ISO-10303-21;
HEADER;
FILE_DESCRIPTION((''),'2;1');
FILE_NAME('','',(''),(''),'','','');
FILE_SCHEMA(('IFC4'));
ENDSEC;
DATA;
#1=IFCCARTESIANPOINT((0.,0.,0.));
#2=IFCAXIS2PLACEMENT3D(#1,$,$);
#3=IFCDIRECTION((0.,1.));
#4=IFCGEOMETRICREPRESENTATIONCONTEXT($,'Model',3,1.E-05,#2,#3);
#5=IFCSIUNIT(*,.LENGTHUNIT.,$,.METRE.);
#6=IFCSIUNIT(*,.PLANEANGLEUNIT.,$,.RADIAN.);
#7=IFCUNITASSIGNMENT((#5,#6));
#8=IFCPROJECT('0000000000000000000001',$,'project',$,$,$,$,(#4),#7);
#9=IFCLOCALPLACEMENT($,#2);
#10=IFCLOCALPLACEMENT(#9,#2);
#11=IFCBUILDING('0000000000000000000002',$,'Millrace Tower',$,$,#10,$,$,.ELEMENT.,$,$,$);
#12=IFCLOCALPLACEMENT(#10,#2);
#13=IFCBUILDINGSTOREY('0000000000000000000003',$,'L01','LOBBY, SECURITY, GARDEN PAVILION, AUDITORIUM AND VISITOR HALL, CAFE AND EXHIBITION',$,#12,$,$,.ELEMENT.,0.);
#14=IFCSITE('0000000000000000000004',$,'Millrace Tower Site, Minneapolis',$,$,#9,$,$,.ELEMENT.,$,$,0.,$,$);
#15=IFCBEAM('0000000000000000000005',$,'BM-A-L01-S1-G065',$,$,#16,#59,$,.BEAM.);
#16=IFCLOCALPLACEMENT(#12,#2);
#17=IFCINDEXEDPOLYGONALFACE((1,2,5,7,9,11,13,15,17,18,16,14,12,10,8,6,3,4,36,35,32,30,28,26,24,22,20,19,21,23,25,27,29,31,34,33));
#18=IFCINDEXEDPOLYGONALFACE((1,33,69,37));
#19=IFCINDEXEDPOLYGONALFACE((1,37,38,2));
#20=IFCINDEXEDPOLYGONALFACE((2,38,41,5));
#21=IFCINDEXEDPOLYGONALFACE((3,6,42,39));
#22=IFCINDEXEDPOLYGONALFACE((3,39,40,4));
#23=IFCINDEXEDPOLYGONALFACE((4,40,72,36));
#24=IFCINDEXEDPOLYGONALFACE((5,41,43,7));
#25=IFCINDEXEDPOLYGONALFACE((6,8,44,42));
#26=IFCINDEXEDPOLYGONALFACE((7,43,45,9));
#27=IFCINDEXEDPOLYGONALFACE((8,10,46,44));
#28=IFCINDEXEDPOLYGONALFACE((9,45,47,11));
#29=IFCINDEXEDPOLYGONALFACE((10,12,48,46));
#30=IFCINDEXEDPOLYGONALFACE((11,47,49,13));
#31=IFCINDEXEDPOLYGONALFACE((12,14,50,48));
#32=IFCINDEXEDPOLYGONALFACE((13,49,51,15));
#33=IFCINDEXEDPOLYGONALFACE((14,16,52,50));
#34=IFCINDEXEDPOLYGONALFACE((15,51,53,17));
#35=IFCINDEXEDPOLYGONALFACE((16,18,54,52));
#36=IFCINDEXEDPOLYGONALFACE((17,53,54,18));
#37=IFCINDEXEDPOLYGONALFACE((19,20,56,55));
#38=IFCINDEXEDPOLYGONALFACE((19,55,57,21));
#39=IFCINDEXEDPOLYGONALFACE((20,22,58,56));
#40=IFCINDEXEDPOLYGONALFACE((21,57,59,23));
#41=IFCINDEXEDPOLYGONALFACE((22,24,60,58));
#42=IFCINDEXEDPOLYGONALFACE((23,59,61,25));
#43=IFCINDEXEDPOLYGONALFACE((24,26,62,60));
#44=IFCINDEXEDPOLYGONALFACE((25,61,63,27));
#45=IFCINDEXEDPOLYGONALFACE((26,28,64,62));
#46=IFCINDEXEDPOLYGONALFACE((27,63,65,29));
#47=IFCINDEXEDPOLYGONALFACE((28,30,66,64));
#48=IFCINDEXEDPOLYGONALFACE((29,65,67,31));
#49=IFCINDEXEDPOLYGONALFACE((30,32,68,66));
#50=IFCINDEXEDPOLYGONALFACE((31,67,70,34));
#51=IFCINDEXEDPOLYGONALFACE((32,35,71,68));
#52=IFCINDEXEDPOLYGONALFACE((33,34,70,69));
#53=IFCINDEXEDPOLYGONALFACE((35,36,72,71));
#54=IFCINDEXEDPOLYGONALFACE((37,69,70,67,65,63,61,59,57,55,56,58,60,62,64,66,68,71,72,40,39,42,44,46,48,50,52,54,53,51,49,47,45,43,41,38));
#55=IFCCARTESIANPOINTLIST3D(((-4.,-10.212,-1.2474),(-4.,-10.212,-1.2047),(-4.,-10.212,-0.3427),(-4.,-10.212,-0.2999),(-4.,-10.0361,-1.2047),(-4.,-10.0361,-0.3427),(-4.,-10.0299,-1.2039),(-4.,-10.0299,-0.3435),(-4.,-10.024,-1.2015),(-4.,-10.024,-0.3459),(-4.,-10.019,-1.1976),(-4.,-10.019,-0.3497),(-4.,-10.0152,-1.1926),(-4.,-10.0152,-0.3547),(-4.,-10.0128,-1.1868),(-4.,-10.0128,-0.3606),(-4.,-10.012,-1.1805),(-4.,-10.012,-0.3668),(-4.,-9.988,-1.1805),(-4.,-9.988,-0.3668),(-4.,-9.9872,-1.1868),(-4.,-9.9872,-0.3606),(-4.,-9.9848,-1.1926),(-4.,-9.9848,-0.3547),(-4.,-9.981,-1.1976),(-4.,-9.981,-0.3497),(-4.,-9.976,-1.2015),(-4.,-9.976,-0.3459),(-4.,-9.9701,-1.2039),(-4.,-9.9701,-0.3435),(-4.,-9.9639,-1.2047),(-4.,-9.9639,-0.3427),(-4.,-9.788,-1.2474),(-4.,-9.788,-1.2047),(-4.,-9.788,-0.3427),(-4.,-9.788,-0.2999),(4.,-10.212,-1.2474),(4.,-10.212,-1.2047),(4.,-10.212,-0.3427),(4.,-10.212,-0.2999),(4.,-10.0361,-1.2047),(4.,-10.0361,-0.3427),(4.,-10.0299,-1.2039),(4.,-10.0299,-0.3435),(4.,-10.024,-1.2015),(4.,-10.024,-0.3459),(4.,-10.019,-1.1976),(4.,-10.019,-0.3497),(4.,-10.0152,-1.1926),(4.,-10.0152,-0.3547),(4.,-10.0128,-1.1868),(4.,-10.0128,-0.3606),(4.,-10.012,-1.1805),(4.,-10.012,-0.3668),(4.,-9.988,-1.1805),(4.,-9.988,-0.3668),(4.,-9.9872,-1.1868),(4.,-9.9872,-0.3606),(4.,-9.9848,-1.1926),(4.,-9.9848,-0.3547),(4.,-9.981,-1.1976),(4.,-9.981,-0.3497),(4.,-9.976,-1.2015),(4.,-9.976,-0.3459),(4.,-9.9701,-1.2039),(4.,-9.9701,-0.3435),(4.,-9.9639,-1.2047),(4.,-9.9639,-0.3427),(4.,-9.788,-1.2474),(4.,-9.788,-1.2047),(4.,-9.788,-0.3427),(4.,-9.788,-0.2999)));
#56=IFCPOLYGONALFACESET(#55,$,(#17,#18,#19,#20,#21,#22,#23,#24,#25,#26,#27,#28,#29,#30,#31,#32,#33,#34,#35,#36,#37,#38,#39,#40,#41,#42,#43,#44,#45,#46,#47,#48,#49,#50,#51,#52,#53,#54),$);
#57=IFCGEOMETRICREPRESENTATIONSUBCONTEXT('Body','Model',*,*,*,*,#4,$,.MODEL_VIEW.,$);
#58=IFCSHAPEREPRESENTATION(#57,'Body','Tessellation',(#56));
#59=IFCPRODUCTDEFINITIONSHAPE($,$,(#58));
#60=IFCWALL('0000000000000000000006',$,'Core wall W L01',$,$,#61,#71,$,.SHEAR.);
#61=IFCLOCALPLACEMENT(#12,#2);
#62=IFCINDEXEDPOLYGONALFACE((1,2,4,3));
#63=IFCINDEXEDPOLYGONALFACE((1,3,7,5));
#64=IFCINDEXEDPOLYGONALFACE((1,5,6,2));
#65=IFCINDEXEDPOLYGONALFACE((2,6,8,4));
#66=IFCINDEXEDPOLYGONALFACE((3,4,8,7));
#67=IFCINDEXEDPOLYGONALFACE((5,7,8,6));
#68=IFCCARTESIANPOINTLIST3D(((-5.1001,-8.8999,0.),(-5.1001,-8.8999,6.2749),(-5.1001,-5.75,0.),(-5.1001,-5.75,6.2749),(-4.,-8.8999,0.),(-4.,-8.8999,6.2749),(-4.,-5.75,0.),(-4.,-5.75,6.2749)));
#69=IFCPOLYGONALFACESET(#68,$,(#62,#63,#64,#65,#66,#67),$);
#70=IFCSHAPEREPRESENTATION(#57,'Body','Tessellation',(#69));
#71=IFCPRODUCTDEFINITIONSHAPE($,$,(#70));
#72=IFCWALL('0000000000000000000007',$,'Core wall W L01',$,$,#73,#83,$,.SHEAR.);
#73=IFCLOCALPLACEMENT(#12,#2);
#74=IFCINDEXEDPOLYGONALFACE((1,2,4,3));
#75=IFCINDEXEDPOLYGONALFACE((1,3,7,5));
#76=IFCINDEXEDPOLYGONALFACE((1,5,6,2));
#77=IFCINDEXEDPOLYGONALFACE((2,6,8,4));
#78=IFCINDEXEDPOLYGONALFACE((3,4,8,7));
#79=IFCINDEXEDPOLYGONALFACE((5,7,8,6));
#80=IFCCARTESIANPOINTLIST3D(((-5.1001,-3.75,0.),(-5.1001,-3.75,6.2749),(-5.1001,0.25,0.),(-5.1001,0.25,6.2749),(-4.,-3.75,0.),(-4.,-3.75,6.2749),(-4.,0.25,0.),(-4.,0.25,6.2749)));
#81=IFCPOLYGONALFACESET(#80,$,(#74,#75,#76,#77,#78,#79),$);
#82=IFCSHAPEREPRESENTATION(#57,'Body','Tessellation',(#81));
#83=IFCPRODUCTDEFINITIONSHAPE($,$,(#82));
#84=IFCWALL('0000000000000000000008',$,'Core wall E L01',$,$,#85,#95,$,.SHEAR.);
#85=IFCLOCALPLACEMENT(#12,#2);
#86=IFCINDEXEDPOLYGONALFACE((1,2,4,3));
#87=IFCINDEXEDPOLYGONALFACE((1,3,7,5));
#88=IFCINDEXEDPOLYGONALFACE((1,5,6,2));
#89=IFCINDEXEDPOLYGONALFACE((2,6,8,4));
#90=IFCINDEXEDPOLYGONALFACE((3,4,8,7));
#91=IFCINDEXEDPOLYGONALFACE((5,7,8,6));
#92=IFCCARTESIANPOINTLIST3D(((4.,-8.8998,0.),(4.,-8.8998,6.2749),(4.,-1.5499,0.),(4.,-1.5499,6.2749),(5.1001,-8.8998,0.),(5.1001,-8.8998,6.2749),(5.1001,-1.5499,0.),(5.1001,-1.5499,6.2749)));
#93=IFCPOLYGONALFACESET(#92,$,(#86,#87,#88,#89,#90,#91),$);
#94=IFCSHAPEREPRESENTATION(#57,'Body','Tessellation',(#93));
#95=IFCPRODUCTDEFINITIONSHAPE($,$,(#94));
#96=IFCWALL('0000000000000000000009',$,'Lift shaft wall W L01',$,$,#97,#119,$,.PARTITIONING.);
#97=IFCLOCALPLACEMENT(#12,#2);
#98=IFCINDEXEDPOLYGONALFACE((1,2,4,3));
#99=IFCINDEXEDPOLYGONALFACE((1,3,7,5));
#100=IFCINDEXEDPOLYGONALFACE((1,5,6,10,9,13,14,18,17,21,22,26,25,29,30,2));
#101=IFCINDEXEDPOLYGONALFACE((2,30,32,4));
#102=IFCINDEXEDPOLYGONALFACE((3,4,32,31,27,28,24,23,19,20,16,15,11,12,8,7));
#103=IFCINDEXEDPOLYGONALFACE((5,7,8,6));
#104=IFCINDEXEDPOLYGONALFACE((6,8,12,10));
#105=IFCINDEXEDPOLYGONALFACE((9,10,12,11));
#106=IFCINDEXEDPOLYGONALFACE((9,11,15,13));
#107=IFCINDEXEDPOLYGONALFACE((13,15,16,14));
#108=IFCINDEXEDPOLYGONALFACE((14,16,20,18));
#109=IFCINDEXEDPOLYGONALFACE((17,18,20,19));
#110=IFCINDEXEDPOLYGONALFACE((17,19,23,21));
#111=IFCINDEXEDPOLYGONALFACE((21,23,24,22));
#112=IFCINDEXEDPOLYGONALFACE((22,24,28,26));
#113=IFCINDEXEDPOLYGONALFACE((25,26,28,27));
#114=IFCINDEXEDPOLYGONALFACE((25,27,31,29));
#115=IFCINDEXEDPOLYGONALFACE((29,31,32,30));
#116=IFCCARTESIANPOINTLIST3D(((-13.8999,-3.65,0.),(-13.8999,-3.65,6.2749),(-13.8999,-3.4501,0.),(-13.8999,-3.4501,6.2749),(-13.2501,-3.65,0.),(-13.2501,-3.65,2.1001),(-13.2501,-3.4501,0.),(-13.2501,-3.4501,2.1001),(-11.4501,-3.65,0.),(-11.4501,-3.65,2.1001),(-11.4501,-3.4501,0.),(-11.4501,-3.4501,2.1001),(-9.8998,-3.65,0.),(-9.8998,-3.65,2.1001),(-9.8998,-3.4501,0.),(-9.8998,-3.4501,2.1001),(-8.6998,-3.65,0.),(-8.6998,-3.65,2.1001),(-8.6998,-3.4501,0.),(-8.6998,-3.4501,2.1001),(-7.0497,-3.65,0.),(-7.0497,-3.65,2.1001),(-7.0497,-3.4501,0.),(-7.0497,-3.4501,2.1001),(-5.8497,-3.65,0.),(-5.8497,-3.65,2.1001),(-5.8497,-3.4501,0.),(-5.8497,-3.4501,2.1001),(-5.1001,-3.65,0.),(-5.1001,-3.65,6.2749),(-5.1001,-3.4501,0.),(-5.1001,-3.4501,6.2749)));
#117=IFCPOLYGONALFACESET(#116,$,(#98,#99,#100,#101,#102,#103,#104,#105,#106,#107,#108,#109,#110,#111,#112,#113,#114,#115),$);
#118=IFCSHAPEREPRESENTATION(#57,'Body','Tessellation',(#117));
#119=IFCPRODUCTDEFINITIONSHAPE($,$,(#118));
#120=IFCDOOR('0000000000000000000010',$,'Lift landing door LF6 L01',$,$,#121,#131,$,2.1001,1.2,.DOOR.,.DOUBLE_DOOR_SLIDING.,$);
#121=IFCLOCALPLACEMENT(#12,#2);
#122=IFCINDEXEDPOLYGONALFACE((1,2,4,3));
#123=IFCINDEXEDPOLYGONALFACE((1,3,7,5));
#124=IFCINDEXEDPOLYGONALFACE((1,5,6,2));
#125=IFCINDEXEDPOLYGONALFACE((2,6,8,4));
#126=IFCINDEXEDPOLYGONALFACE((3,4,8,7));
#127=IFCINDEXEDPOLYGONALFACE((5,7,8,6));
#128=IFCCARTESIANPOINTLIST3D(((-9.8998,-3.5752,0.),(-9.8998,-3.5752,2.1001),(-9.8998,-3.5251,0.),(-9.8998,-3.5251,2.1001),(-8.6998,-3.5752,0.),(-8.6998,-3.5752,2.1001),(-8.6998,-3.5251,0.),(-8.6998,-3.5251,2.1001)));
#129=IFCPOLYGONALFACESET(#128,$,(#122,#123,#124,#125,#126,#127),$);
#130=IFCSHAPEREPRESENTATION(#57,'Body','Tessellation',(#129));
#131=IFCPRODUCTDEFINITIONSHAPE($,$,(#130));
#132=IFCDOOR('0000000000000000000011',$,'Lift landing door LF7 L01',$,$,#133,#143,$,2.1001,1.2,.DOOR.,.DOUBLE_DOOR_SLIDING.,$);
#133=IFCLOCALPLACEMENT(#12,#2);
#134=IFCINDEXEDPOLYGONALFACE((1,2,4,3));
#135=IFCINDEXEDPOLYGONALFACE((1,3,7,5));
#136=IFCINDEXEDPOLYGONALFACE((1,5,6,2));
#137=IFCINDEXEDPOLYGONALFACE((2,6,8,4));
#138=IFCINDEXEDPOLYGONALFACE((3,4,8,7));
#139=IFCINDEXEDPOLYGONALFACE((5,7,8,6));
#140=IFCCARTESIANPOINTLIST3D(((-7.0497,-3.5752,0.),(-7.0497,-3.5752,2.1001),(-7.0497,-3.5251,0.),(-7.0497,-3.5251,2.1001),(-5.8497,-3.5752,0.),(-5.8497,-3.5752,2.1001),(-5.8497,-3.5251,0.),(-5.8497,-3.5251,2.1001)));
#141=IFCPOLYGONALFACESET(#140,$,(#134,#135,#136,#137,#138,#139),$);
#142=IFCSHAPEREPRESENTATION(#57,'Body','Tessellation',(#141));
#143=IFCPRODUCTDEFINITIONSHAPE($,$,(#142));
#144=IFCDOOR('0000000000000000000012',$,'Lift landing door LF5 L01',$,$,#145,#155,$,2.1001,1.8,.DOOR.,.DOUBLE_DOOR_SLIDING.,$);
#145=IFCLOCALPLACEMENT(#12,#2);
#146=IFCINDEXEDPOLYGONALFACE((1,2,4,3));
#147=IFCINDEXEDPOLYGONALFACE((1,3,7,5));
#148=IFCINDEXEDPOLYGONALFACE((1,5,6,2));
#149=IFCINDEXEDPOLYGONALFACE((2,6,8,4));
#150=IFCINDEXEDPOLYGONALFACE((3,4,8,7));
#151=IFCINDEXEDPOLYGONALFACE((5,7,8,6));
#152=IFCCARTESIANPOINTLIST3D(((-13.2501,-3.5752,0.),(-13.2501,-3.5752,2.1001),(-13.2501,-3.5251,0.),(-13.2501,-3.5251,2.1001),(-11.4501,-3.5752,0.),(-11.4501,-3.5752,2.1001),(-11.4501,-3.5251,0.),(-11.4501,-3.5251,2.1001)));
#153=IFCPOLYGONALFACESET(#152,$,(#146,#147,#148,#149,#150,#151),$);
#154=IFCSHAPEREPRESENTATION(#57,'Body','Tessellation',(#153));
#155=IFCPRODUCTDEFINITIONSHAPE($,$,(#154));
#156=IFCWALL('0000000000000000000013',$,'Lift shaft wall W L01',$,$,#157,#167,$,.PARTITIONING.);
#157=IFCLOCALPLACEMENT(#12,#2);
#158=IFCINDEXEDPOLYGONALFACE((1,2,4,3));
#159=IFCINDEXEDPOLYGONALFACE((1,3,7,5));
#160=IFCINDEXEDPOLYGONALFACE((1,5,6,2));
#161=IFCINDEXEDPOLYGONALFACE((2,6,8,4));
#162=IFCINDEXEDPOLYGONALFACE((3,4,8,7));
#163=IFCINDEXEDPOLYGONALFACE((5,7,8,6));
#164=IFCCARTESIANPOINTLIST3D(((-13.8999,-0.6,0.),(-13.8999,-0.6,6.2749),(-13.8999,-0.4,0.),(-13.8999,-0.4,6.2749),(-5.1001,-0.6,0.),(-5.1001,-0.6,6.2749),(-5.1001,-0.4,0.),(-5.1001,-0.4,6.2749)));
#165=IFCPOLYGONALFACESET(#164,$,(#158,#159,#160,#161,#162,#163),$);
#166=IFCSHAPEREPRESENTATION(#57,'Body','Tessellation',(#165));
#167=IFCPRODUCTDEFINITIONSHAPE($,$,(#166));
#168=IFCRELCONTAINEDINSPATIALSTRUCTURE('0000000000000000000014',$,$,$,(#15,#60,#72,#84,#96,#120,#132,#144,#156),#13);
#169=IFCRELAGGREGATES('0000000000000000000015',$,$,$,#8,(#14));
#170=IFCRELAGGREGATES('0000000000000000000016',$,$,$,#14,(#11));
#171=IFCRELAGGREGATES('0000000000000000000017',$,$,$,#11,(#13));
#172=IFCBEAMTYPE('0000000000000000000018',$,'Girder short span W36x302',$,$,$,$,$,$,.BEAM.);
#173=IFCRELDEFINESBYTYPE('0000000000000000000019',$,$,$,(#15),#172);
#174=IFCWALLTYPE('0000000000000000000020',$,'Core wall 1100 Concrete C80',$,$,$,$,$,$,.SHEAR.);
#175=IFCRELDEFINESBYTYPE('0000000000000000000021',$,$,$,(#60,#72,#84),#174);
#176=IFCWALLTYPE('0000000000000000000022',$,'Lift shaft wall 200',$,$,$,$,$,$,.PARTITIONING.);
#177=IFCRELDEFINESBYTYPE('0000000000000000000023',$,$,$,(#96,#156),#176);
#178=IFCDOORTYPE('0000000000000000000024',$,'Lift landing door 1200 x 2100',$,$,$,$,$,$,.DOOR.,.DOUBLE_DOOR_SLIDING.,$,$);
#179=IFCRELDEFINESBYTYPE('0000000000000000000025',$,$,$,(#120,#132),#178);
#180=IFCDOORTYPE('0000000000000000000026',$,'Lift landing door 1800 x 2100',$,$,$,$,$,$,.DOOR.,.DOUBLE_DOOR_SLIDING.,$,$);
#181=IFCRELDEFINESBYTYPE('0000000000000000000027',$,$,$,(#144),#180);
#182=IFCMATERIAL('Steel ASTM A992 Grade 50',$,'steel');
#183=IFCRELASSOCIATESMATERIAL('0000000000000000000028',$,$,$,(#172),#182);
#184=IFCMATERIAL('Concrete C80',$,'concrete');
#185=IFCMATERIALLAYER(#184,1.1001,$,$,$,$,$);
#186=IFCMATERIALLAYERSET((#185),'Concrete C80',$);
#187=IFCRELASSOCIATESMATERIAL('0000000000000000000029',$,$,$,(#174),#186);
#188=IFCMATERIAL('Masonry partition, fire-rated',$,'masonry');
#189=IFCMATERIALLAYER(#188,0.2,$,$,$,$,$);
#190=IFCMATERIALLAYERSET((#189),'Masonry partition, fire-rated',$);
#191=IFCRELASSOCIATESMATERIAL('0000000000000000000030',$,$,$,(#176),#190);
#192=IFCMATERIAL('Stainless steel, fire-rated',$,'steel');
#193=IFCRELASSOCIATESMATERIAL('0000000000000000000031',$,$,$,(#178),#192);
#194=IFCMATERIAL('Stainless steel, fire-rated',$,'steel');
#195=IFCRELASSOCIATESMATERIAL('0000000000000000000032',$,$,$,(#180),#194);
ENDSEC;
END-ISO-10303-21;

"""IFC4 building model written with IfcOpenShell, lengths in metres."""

from ifc_helpers import new_model, si_unit, direction, frame, frame_2d, origin, origin_2d, place, context, subcontext, project, spatial, rectangle, i_section, extrude, material, layer, layer_set, material_profile, profile_set, type_object, element, fill, save


model = new_model("IFC4")

# Units and contexts
model_context = context("Model", 3, precision=1e-05, world=origin(), true_north=direction((0.0, 1.0)))
body_context = subcontext(model_context, "Body", "Model", "MODEL_VIEW")
ifc_project = project(units=[si_unit("LENGTHUNIT", "METRE"), si_unit("PLANEANGLEUNIT", "RADIAN")], contexts=[model_context])

# Site, building, storey
site_placement = place(None, origin())
site = spatial("IfcSite", under=ifc_project, at=site_placement, Name="Millrace Tower Site, Minneapolis", CompositionType="ELEMENT", RefElevation=0.0)
building_placement = place(site_placement, origin())
building = spatial("IfcBuilding", under=site, at=building_placement, Name="Millrace Tower", CompositionType="ELEMENT")
storey_placement = place(building_placement, origin())
storey = spatial("IfcBuildingStorey", under=building, at=storey_placement, Name="L01", Description="LOBBY, SECURITY, GARDEN PAVILION, AUDITORIUM AND VISITOR HALL, CAFE AND EXHIBITION", CompositionType="ELEMENT", Elevation=0.0)

# Beam
ifc_material_1 = material(Name="Steel ASTM A992 Grade 50", Category="steel")
ifc_material_profile_1 = material_profile(ifc_material_1, i_section(OverallWidth=0.4241, OverallDepth=0.9475, WebThickness=0.0239, FlangeThickness=0.0427, FilletRadius=0.0242, at=origin_2d()))
ifc_profile_set_1 = profile_set([ifc_material_profile_1], Name="Steel ASTM A992 Grade 50")
beam_type_1 = type_object("IfcBeamType", Name="Girder short span W36x302", PredefinedType="BEAM", material=ifc_profile_set_1)
beam_1_placement = place(storey_placement, frame((-4.0, -10.0, -0.7737), z_axis=(1.0, 0.0, 0.0), x_axis=(0.0, 1.0, 0.0)))
element("IfcBeam", 1, at=beam_1_placement, inside=storey, type_object=beam_type_1, Name="BM-A-L01-S1-G065", PredefinedType="BEAM", context=body_context, shape_type="SweptSolid", body=[
    extrude(i_section(OverallWidth=0.4241, OverallDepth=0.9475, WebThickness=0.0239, FlangeThickness=0.0427, FilletRadius=0.0242, at=origin_2d()), origin(), (0.0, 0.0, 1.0), 8.0),
])

# Walls
ifc_material_2 = material(Name="Concrete C80", Category="concrete")
ifc_layer_1 = layer(ifc_material_2, 1.1001)
ifc_layer_set_1 = layer_set([ifc_layer_1], Name="Concrete C80")
wall_type_1 = type_object("IfcWallType", Name="Core wall 1100 Concrete C80", PredefinedType="SHEAR", material=ifc_layer_set_1)
wall_1_placement = place(storey_placement, frame((-4.55, -8.8999, 0.0), z_axis=(0.0, 0.0, 1.0), x_axis=(0.0, 1.0, 0.0)))
element("IfcWall", 2, at=wall_1_placement, inside=storey, type_object=wall_type_1, Name="Core wall W L01", PredefinedType="SHEAR", context=body_context, shape_type="SweptSolid", body=[
    extrude(rectangle(XDim=3.1499, YDim=1.1001, at=frame_2d((1.575, 0.0))), origin(), (0.0, 0.0, 1.0), 6.2749),
])
wall_2_placement = place(storey_placement, frame((-4.55, -3.75, 0.0), z_axis=(0.0, 0.0, 1.0), x_axis=(0.0, 1.0, 0.0)))
element("IfcWall", 3, at=wall_2_placement, inside=storey, type_object=wall_type_1, Name="Core wall W L01", PredefinedType="SHEAR", context=body_context, shape_type="SweptSolid", body=[
    extrude(rectangle(XDim=4.0, YDim=1.1001, at=frame_2d((2.0, 0.0))), origin(), (0.0, 0.0, 1.0), 6.2749),
])
wall_3_placement = place(storey_placement, frame((4.55, -1.55, 0.0), z_axis=(0.0, 0.0, 1.0), x_axis=(0.0, -1.0, 0.0)))
element("IfcWall", 4, at=wall_3_placement, inside=storey, type_object=wall_type_1, Name="Core wall E L01", PredefinedType="SHEAR", context=body_context, shape_type="SweptSolid", body=[
    extrude(rectangle(XDim=7.3499, YDim=1.1001, at=frame_2d((3.6748, 0.0))), origin(), (0.0, 0.0, 1.0), 6.2749),
])

# Wall, openings, doors
ifc_material_3 = material(Name="Masonry partition, fire-rated", Category="masonry")
ifc_layer_2 = layer(ifc_material_3, 0.2)
ifc_layer_set_2 = layer_set([ifc_layer_2], Name="Masonry partition, fire-rated")
wall_type_2 = type_object("IfcWallType", Name="Lift shaft wall 200", PredefinedType="PARTITIONING", material=ifc_layer_set_2)
wall_4_placement = place(storey_placement, frame((-13.8999, -3.55, 0.0), z_axis=(0.0, 0.0, 1.0), x_axis=(1.0, 0.0, 0.0)))
wall_4 = element("IfcWall", 5, at=wall_4_placement, inside=storey, type_object=wall_type_2, Name="Lift shaft wall W L01", PredefinedType="PARTITIONING", context=body_context, shape_type="SweptSolid", body=[
    extrude(rectangle(XDim=8.7998, YDim=0.2, at=frame_2d((4.3999, 0.0))), origin(), (0.0, 0.0, 1.0), 6.2749),
])
opening_1_placement = place(wall_4_placement, frame((0.6499, 0.0, 0.0)))
opening_1 = element("IfcOpeningElement", 6, at=opening_1_placement, cuts=wall_4, PredefinedType="OPENING", context=body_context, shape_type="SweptSolid", body=[
    extrude(rectangle(XDim=1.8, YDim=2.1001, at=frame_2d((0.8999, 1.05))), frame((0.0, 0.1099, 0.0), z_axis=(0.0, -1.0, 0.0), x_axis=(1.0, 0.0, 0.0)), (0.0, 0.0, 1.0), 0.22),
])
opening_2_placement = place(wall_4_placement, frame((4.0, 0.0, 0.0)))
opening_2 = element("IfcOpeningElement", 7, at=opening_2_placement, cuts=wall_4, PredefinedType="OPENING", context=body_context, shape_type="SweptSolid", body=[
    extrude(rectangle(XDim=1.2, YDim=2.1001, at=frame_2d((0.6001, 1.05))), frame((0.0, 0.1099, 0.0), z_axis=(0.0, -1.0, 0.0), x_axis=(1.0, 0.0, 0.0)), (0.0, 0.0, 1.0), 0.22),
])
opening_3_placement = place(wall_4_placement, frame((6.8501, 0.0, 0.0)))
opening_3 = element("IfcOpeningElement", 8, at=opening_3_placement, cuts=wall_4, PredefinedType="OPENING", context=body_context, shape_type="SweptSolid", body=[
    extrude(rectangle(XDim=1.2, YDim=2.1001, at=frame_2d((0.6001, 1.05))), frame((0.0, 0.1099, 0.0), z_axis=(0.0, -1.0, 0.0), x_axis=(1.0, 0.0, 0.0)), (0.0, 0.0, 1.0), 0.22),
])
ifc_material_4 = material(Name="Stainless steel, fire-rated", Category="steel")
door_type_1 = type_object("IfcDoorType", Name="Lift landing door 1200 x 2100", OperationType="DOUBLE_DOOR_SLIDING", PredefinedType="DOOR", material=ifc_material_4)
door_1_placement = place(opening_2_placement, origin())
door_1 = element("IfcDoor", 9, at=door_1_placement, inside=storey, type_object=door_type_1, Name="Lift landing door LF6 L01", OperationType="DOUBLE_DOOR_SLIDING", OverallHeight=2.1001, OverallWidth=1.2, PredefinedType="DOOR", context=body_context, shape_type="SweptSolid", body=[
    extrude(rectangle(XDim=1.2, YDim=2.1001, at=frame_2d((0.6001, 1.05))), frame((0.0, 0.0249, 0.0), z_axis=(0.0, -1.0, 0.0), x_axis=(1.0, 0.0, 0.0)), (0.0, 0.0, 1.0), 0.05),
])
fill(opening_2, door_1)
door_2_placement = place(opening_3_placement, origin())
door_2 = element("IfcDoor", 10, at=door_2_placement, inside=storey, type_object=door_type_1, Name="Lift landing door LF7 L01", OperationType="DOUBLE_DOOR_SLIDING", OverallHeight=2.1001, OverallWidth=1.2, PredefinedType="DOOR", context=body_context, shape_type="SweptSolid", body=[
    extrude(rectangle(XDim=1.2, YDim=2.1001, at=frame_2d((0.6001, 1.05))), frame((0.0, 0.0249, 0.0), z_axis=(0.0, -1.0, 0.0), x_axis=(1.0, 0.0, 0.0)), (0.0, 0.0, 1.0), 0.05),
])
fill(opening_3, door_2)
ifc_material_5 = material(Name="Stainless steel, fire-rated", Category="steel")
door_type_2 = type_object("IfcDoorType", Name="Lift landing door 1800 x 2100", OperationType="DOUBLE_DOOR_SLIDING", PredefinedType="DOOR", material=ifc_material_5)
door_3_placement = place(opening_1_placement, origin())
door_3 = element("IfcDoor", 11, at=door_3_placement, inside=storey, type_object=door_type_2, Name="Lift landing door LF5 L01", OperationType="DOUBLE_DOOR_SLIDING", OverallHeight=2.1001, OverallWidth=1.8, PredefinedType="DOOR", context=body_context, shape_type="SweptSolid", body=[
    extrude(rectangle(XDim=1.8, YDim=2.1001, at=frame_2d((0.8999, 1.05))), frame((0.0, 0.0249, 0.0), z_axis=(0.0, -1.0, 0.0), x_axis=(1.0, 0.0, 0.0)), (0.0, 0.0, 1.0), 0.05),
])
fill(opening_1, door_3)

# Wall
wall_5_placement = place(storey_placement, frame((-13.8999, -0.5, 0.0), z_axis=(0.0, 0.0, 1.0), x_axis=(1.0, 0.0, 0.0)))
element("IfcWall", 12, at=wall_5_placement, inside=storey, type_object=wall_type_2, Name="Lift shaft wall W L01", PredefinedType="PARTITIONING", context=body_context, shape_type="SweptSolid", body=[
    extrude(rectangle(XDim=8.7998, YDim=0.2, at=frame_2d((4.3999, 0.0))), origin(), (0.0, 0.0, 1.0), 6.2749),
])

save(model, "model.ifc")
